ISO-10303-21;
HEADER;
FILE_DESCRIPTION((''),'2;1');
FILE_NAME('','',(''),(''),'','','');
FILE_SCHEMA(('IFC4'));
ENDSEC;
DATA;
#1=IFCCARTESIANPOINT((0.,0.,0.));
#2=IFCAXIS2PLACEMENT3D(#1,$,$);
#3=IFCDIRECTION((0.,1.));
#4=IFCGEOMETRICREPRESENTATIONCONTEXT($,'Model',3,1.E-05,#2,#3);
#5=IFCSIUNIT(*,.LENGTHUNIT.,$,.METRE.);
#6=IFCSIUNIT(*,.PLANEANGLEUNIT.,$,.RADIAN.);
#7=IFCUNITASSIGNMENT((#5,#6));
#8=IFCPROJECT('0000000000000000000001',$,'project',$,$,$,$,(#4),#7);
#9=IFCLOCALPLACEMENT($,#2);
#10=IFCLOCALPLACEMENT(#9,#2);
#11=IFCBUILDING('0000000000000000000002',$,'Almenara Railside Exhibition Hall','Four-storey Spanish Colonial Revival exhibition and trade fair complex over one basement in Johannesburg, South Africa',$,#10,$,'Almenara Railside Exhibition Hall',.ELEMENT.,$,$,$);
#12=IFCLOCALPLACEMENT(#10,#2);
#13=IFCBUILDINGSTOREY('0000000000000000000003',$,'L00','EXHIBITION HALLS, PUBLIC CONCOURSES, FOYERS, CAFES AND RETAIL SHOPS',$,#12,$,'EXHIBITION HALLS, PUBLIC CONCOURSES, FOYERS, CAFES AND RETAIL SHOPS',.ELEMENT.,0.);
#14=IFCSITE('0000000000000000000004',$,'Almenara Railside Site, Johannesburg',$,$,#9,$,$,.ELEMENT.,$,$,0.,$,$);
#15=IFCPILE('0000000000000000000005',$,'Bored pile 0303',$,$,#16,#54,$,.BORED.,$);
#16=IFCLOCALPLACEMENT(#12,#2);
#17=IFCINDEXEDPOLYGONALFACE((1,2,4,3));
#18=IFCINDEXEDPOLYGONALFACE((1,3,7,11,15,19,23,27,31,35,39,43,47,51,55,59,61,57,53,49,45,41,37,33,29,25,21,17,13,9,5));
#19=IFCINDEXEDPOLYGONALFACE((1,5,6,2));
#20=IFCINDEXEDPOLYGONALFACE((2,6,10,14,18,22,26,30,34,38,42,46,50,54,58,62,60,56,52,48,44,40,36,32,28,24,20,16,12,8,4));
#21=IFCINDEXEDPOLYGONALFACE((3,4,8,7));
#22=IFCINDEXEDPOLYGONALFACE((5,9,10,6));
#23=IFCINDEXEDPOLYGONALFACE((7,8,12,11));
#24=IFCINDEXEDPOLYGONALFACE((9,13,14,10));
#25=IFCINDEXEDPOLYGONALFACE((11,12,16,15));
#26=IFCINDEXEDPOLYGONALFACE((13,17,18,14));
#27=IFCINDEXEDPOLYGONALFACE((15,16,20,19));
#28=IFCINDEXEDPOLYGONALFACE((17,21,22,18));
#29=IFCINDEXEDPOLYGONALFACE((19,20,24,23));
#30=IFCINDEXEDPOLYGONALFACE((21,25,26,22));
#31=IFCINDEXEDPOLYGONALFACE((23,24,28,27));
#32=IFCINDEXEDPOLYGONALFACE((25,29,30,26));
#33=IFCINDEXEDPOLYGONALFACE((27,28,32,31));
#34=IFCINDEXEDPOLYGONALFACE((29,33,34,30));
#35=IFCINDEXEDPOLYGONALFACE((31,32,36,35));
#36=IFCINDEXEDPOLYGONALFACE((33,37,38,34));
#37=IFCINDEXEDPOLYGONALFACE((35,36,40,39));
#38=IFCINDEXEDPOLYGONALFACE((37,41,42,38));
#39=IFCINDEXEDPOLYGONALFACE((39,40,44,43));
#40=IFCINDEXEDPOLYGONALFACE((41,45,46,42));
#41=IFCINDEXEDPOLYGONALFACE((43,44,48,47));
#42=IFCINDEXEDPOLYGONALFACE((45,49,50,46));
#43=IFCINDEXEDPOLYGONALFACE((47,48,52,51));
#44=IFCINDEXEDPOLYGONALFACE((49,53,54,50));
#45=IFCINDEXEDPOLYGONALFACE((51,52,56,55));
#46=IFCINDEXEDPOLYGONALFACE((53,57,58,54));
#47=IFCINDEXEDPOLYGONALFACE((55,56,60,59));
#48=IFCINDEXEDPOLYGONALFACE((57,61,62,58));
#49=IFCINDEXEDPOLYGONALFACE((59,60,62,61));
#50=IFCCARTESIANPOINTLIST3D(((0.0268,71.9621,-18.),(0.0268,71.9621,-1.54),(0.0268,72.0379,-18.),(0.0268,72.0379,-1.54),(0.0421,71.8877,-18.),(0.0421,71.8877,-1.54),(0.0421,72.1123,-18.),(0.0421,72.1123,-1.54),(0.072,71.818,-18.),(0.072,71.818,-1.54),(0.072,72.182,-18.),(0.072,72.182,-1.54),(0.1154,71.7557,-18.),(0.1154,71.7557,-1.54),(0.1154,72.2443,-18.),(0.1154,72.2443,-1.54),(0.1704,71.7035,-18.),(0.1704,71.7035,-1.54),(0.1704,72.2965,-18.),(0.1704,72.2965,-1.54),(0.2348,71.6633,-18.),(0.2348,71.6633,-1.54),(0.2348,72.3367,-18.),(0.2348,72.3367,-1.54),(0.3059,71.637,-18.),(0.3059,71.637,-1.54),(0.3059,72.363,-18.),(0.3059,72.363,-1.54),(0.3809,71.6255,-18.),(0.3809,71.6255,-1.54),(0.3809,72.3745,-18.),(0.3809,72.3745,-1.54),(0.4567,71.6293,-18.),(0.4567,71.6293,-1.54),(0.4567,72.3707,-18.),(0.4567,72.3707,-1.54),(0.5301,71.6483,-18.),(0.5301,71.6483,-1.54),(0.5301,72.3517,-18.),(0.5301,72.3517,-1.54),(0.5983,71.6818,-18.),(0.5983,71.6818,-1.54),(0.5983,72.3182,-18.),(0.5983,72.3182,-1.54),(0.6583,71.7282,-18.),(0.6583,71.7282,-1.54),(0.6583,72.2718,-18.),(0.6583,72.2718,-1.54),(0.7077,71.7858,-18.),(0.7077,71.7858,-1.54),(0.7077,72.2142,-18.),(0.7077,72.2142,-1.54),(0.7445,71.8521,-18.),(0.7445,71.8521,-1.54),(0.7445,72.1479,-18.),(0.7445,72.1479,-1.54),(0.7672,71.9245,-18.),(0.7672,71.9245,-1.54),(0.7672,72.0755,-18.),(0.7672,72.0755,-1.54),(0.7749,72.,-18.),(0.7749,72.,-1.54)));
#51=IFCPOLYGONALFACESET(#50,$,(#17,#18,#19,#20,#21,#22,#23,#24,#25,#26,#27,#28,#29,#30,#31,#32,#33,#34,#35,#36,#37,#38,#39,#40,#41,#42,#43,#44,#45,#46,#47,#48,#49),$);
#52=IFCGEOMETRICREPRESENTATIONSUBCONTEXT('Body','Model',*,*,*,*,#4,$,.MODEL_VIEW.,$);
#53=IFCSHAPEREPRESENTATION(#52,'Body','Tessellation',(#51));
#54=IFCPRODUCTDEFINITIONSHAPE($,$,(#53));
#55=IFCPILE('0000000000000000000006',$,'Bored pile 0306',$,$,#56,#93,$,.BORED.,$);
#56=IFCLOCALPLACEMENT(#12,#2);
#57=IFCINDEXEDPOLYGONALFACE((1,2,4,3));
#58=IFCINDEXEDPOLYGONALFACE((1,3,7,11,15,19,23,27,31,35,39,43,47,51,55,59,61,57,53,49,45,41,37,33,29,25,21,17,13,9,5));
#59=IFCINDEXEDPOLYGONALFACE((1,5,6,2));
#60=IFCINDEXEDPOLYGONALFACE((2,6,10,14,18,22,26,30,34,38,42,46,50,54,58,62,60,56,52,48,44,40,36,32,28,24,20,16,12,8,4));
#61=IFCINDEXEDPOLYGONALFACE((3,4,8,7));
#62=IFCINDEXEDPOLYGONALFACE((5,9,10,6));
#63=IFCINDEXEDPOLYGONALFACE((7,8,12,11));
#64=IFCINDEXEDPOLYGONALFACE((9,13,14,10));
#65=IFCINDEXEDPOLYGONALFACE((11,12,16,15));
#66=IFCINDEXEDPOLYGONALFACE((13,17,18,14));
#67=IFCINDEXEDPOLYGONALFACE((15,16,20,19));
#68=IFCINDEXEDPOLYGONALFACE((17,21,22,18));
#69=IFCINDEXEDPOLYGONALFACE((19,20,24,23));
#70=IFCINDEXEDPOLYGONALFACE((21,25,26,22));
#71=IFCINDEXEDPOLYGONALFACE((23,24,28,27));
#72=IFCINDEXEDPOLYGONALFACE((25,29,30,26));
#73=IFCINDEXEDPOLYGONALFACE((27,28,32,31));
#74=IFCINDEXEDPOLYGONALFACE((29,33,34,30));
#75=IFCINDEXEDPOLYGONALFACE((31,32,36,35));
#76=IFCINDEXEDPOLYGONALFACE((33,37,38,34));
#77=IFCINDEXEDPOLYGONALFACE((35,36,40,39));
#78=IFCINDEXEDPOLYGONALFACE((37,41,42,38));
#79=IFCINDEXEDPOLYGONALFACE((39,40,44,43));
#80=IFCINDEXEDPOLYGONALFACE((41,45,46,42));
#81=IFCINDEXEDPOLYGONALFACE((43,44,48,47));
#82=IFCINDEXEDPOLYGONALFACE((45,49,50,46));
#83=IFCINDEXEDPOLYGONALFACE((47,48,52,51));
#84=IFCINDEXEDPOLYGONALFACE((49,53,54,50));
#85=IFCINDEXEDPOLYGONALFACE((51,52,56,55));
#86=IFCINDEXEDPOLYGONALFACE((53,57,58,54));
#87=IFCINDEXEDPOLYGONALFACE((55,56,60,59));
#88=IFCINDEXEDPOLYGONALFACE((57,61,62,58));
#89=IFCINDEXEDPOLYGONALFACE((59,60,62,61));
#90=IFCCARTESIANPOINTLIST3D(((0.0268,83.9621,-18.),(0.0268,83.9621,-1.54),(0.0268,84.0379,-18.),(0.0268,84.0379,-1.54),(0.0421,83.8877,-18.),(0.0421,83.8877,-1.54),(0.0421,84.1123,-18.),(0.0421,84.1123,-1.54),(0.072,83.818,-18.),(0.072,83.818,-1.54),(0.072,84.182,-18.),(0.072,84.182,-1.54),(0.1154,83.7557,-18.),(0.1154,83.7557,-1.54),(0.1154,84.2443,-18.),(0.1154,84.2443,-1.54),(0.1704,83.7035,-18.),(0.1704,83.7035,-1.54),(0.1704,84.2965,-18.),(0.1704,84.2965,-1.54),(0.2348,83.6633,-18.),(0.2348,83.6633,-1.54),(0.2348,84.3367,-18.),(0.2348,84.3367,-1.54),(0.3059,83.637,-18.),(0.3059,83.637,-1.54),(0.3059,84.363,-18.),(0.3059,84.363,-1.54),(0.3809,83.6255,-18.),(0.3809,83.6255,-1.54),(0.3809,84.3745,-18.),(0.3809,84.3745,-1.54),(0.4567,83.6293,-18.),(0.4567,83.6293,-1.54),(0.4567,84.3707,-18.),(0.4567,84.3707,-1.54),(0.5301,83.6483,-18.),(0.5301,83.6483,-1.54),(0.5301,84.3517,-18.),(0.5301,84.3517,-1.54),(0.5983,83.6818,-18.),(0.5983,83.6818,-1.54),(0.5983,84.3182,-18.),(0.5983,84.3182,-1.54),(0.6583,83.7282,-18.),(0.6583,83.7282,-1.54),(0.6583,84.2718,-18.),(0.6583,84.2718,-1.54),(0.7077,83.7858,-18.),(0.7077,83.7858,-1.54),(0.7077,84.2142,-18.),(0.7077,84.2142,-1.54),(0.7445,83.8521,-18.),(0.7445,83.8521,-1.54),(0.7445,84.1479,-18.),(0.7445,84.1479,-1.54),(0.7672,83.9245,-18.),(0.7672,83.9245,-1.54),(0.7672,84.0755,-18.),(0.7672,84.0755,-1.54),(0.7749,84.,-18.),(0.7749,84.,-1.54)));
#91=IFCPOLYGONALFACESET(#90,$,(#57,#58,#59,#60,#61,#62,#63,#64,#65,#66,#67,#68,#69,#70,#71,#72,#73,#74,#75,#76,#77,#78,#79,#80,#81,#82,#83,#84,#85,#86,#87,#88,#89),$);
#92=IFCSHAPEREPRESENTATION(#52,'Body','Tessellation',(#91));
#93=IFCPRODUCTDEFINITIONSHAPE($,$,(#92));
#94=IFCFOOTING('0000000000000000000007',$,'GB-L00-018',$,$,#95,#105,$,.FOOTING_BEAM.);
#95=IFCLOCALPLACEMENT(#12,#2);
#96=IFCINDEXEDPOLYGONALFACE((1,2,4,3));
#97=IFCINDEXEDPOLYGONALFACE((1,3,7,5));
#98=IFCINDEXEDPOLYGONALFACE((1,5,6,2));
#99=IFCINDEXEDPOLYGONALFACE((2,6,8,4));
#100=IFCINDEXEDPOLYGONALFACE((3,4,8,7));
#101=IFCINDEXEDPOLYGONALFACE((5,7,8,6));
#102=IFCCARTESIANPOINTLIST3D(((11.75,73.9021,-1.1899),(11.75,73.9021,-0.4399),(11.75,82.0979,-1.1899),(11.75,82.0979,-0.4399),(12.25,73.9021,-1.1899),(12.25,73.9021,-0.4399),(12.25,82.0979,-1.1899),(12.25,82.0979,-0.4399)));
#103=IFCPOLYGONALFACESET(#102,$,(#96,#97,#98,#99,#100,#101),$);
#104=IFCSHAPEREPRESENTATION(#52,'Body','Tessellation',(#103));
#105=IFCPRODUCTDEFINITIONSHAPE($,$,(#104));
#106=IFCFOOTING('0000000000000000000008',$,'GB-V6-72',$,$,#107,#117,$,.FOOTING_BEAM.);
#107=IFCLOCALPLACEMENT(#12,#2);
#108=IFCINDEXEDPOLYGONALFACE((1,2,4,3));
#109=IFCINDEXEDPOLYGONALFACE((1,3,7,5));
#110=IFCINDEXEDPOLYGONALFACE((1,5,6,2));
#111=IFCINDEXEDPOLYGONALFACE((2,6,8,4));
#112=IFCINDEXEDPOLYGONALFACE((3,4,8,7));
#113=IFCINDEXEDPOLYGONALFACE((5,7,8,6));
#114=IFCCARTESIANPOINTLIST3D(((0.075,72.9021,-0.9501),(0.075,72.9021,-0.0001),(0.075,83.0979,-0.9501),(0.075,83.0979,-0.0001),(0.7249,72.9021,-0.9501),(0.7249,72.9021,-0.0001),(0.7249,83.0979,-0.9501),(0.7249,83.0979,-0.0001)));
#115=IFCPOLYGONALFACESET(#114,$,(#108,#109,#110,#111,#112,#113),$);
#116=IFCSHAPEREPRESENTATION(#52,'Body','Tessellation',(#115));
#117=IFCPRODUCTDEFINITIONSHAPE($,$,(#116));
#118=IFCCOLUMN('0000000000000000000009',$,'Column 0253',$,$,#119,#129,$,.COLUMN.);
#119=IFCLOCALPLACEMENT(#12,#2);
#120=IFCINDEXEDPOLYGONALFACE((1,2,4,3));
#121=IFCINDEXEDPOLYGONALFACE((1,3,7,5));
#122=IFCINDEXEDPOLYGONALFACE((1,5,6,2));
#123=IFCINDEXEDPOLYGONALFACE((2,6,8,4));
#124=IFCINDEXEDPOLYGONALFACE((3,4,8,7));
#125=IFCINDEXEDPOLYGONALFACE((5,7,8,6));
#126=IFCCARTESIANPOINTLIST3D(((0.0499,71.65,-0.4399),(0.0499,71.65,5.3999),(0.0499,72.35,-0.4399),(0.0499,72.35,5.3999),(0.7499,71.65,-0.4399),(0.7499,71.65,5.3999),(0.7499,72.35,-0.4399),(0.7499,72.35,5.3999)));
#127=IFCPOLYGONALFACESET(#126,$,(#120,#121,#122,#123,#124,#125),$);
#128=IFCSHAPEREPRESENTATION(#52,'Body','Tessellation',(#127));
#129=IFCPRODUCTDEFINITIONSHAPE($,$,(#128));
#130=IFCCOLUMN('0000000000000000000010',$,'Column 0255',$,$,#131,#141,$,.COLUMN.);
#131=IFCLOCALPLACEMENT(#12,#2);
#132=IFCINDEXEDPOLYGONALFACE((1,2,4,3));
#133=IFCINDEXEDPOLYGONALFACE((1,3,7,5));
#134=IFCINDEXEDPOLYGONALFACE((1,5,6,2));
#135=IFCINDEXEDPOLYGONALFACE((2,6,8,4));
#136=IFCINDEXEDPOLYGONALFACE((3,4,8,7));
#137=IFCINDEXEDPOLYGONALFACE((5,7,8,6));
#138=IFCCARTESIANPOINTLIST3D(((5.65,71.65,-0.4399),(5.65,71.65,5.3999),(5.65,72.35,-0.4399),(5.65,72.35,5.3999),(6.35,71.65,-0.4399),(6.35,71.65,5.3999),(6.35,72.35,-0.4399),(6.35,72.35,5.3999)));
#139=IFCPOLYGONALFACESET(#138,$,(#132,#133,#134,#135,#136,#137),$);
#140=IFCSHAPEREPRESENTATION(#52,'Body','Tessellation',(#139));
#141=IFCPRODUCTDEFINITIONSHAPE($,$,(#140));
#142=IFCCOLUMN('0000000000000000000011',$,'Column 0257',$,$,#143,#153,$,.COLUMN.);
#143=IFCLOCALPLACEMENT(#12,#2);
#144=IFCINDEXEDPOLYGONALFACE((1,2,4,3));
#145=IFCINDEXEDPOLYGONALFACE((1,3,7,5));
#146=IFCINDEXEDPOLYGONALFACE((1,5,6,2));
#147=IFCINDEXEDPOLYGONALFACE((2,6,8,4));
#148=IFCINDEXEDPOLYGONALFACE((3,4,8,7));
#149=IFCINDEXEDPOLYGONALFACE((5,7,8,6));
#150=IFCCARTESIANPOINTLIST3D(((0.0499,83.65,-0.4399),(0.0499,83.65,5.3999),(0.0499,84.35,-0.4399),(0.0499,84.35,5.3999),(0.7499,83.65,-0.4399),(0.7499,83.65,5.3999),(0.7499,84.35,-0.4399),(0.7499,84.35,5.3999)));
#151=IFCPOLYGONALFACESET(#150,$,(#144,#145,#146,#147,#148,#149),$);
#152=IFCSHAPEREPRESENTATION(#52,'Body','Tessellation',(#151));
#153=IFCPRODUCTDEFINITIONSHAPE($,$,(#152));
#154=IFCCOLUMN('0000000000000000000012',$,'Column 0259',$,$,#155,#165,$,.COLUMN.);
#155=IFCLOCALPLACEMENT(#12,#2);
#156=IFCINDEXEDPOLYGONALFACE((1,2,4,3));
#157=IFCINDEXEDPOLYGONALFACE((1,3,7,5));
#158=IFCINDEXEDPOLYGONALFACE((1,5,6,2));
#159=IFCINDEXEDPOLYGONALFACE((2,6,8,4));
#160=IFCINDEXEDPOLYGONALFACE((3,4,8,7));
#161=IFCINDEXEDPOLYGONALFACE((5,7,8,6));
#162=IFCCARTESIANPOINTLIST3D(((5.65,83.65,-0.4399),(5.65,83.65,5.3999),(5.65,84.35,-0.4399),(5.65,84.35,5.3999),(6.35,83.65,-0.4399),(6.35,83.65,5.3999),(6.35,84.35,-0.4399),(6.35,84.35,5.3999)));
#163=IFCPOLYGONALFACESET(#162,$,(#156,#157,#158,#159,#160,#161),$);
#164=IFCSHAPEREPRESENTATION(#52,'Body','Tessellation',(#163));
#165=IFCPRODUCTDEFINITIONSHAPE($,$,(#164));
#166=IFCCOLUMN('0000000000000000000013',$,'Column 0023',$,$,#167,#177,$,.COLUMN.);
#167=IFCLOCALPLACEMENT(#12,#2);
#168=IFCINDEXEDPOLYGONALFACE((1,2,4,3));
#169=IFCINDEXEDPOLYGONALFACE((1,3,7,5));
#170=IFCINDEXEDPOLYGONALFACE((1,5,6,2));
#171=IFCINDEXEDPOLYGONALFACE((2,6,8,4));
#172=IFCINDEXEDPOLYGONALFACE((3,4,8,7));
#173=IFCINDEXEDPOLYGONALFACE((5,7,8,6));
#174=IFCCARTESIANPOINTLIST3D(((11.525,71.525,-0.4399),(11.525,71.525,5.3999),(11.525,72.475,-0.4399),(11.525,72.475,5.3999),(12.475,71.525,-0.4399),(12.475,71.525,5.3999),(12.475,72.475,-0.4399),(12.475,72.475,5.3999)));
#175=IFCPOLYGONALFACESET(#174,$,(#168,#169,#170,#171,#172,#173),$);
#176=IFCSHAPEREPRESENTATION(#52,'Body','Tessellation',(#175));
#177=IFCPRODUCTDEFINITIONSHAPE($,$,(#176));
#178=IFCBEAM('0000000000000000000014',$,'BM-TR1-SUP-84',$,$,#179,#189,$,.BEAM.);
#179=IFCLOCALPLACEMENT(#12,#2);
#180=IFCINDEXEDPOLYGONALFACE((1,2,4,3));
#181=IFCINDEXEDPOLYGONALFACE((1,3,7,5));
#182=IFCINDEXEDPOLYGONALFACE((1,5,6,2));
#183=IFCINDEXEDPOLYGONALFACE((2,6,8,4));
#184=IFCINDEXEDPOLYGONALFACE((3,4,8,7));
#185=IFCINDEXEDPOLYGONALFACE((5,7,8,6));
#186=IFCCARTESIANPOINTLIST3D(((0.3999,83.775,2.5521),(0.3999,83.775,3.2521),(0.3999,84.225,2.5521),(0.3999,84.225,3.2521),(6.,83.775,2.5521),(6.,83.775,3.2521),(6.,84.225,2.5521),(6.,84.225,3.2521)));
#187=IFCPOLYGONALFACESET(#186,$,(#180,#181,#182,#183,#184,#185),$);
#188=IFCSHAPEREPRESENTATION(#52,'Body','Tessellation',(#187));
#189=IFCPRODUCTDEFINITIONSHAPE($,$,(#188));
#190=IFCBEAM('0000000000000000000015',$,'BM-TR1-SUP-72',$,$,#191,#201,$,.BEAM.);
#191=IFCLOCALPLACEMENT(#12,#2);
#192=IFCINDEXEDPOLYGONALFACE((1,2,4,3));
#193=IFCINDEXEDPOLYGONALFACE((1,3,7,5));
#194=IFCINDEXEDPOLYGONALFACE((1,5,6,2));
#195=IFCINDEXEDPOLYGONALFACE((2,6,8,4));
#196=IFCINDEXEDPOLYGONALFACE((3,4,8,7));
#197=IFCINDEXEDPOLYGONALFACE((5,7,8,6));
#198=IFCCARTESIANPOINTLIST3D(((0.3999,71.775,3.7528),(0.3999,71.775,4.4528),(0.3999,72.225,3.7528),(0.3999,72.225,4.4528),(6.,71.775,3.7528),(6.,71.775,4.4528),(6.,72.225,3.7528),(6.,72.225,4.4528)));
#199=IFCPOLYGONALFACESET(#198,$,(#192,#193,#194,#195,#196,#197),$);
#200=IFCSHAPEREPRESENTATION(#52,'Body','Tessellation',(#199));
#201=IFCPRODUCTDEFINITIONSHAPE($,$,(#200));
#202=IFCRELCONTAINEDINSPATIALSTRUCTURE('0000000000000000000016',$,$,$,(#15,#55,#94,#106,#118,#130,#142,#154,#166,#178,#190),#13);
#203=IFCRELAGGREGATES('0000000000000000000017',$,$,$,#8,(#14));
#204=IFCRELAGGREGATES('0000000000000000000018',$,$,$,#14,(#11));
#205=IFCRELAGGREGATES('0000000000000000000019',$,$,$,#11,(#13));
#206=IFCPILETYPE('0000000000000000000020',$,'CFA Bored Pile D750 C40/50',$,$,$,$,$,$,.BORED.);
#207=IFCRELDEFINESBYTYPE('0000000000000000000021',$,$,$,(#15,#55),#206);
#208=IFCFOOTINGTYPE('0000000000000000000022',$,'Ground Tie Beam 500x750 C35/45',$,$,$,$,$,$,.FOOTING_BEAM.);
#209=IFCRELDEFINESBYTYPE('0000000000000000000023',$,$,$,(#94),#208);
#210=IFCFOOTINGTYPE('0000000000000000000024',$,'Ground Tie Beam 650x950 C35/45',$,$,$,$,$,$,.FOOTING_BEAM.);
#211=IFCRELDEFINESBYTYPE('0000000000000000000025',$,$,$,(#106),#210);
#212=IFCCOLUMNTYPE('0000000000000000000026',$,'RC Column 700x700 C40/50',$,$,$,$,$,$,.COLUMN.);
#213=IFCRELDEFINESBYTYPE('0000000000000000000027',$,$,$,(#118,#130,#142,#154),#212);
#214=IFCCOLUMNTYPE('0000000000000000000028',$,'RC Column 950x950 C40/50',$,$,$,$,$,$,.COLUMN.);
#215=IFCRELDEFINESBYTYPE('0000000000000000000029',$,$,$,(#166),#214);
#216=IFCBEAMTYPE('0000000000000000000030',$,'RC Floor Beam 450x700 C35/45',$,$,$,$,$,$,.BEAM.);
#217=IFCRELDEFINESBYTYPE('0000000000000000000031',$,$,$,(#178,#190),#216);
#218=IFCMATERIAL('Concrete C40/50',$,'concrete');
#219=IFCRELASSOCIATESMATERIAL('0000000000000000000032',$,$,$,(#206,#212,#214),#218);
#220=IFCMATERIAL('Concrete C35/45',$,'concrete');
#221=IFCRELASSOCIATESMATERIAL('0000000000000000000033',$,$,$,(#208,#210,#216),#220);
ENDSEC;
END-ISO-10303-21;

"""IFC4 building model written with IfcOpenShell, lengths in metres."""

from ifc_helpers import new_model, si_unit, direction, frame, origin, origin_2d, place, context, subcontext, project, spatial, rectangle, circle, extrude, material, material_profile, profile_set, type_object, element, save


model = new_model("IFC4")

# Units and contexts
model_context = context("Model", 3, precision=1e-05, world=origin(), true_north=direction((0.0, 1.0)))
body_context = subcontext(model_context, "Body", "Model", "MODEL_VIEW")
ifc_project = project(units=[si_unit("LENGTHUNIT", "METRE"), si_unit("PLANEANGLEUNIT", "RADIAN")], contexts=[model_context])

# Site, building, storey
site_placement = place(None, origin())
site = spatial("IfcSite", under=ifc_project, at=site_placement, Name="Almenara Railside Site, Johannesburg", CompositionType="ELEMENT", RefElevation=0.0)
building_placement = place(site_placement, origin())
building = spatial("IfcBuilding", under=site, at=building_placement, Name="Almenara Railside Exhibition Hall", Description="Four-storey Spanish Colonial Revival exhibition and trade fair complex over one basement in Johannesburg, South Africa", LongName="Almenara Railside Exhibition Hall", CompositionType="ELEMENT")
storey_placement = place(building_placement, origin())
storey = spatial("IfcBuildingStorey", under=building, at=storey_placement, Name="L00", Description="EXHIBITION HALLS, PUBLIC CONCOURSES, FOYERS, CAFES AND RETAIL SHOPS", LongName="EXHIBITION HALLS, PUBLIC CONCOURSES, FOYERS, CAFES AND RETAIL SHOPS", CompositionType="ELEMENT", Elevation=0.0)

# Piles
ifc_material_1 = material(Name="Concrete C40/50", Category="concrete")
ifc_material_profile_1 = material_profile(ifc_material_1, circle(Radius=0.375, at=origin_2d()), Name="CFA-PILE D750")
ifc_profile_set_1 = profile_set([ifc_material_profile_1], Name="Concrete C40/50")
pile_type_1 = type_object("IfcPileType", Name="CFA Bored Pile D750 C40/50", PredefinedType="BORED", material=ifc_profile_set_1)
for number, where, z_axis, x_axis, name in (
    (1, (0.3999, 72.0, -1.54), (0.0, 0.0, -1.0), (1.0, 0.0, 0.0), "Bored pile 0303"),
    (2, (0.3999, 84.0, -1.54), (0.0, 0.0, -1.0), (1.0, 0.0, 0.0), "Bored pile 0306"),
):
    element("IfcPile", number, at=place(storey_placement, frame(where, z_axis=z_axis, x_axis=x_axis)), inside=storey, type_object=pile_type_1, Name=name, PredefinedType="BORED", context=body_context, shape_type="SweptSolid", body=[
        extrude(circle(Radius=0.375, at=origin_2d()), origin(), (0.0, 0.0, 1.0), 16.46),
    ])

# Footings
ifc_material_2 = material(Name="Concrete C35/45", Category="concrete")
ifc_material_profile_2 = material_profile(ifc_material_2, rectangle(XDim=0.5, YDim=0.75, at=origin_2d()), Name="RC-GB 500x750")
ifc_profile_set_2 = profile_set([ifc_material_profile_2], Name="Concrete C35/45")
footing_type_1 = type_object("IfcFootingType", Name="Ground Tie Beam 500x750 C35/45", PredefinedType="FOOTING_BEAM", material=ifc_profile_set_2)
footing_1_placement = place(storey_placement, frame((12.0, 73.9021, -0.8149), z_axis=(0.0, 1.0, 0.0), x_axis=(-1.0, 0.0, 0.0)))
element("IfcFooting", 3, at=footing_1_placement, inside=storey, type_object=footing_type_1, Name="GB-L00-018", PredefinedType="FOOTING_BEAM", context=body_context, shape_type="SweptSolid", body=[
    extrude(rectangle(XDim=0.5, YDim=0.75, at=origin_2d()), origin(), (0.0, 0.0, 1.0), 8.1958),
])
ifc_material_profile_3 = material_profile(ifc_material_2, rectangle(XDim=0.6499, YDim=0.95, at=origin_2d()), Name="RC-GB 650x950")
ifc_profile_set_3 = profile_set([ifc_material_profile_3], Name="Concrete C35/45")
footing_type_2 = type_object("IfcFootingType", Name="Ground Tie Beam 650x950 C35/45", PredefinedType="FOOTING_BEAM", material=ifc_profile_set_3)
footing_2_placement = place(storey_placement, frame((0.3999, 72.9021, -0.4751), z_axis=(0.0, 1.0, 0.0), x_axis=(-1.0, 0.0, 0.0)))
element("IfcFooting", 4, at=footing_2_placement, inside=storey, type_object=footing_type_2, Name="GB-V6-72", PredefinedType="FOOTING_BEAM", context=body_context, shape_type="SweptSolid", body=[
    extrude(rectangle(XDim=0.6499, YDim=0.95, at=origin_2d()), origin(), (0.0, 0.0, 1.0), 10.1958),
])

# Columns
ifc_material_profile_4 = material_profile(ifc_material_1, rectangle(XDim=0.7, YDim=0.7, at=origin_2d()), Name="RC 700x700")
ifc_profile_set_4 = profile_set([ifc_material_profile_4], Name="Concrete C40/50")
column_type_1 = type_object("IfcColumnType", Name="RC Column 700x700 C40/50", PredefinedType="COLUMN", material=ifc_profile_set_4)
for number, where, z_axis, x_axis, name in (
    (5, (0.3999, 72.0, -0.4399), (0.0, 0.0, 1.0), (1.0, 0.0, 0.0), "Column 0253"),
    (6, (6.0, 72.0, -0.4399), (0.0, 0.0, 1.0), (1.0, 0.0, 0.0), "Column 0255"),
    (7, (0.3999, 84.0, -0.4399), (0.0, 0.0, 1.0), (1.0, 0.0, 0.0), "Column 0257"),
    (8, (6.0, 84.0, -0.4399), (0.0, 0.0, 1.0), (1.0, 0.0, 0.0), "Column 0259"),
):
    element("IfcColumn", number, at=place(storey_placement, frame(where, z_axis=z_axis, x_axis=x_axis)), inside=storey, type_object=column_type_1, Name=name, PredefinedType="COLUMN", context=body_context, shape_type="SweptSolid", body=[
        extrude(rectangle(XDim=0.7, YDim=0.7, at=origin_2d()), origin(), (0.0, 0.0, 1.0), 5.8398),
    ])
ifc_material_profile_5 = material_profile(ifc_material_1, rectangle(XDim=0.95, YDim=0.95, at=origin_2d()), Name="RC 950x950")
ifc_profile_set_5 = profile_set([ifc_material_profile_5], Name="Concrete C40/50")
column_type_2 = type_object("IfcColumnType", Name="RC Column 950x950 C40/50", PredefinedType="COLUMN", material=ifc_profile_set_5)
column_placement = place(storey_placement, frame((12.0, 72.0, -0.4399), z_axis=(0.0, 0.0, 1.0), x_axis=(1.0, 0.0, 0.0)))
element("IfcColumn", 9, at=column_placement, inside=storey, type_object=column_type_2, Name="Column 0023", PredefinedType="COLUMN", context=body_context, shape_type="SweptSolid", body=[
    extrude(rectangle(XDim=0.95, YDim=0.95, at=origin_2d()), origin(), (0.0, 0.0, 1.0), 5.8398),
])

# Beams
ifc_material_profile_6 = material_profile(ifc_material_2, rectangle(XDim=0.45, YDim=0.7, at=origin_2d()), Name="RC 450x700")
ifc_profile_set_6 = profile_set([ifc_material_profile_6], Name="Concrete C35/45")
beam_type_1 = type_object("IfcBeamType", Name="RC Floor Beam 450x700 C35/45", PredefinedType="BEAM", material=ifc_profile_set_6)
for number, where, z_axis, x_axis, name in (
    (10, (0.3999, 84.0, 2.9021), (1.0, 0.0, 0.0), (0.0, 1.0, 0.0), "BM-TR1-SUP-84"),
    (11, (0.3999, 72.0, 4.1028), (1.0, 0.0, 0.0), (0.0, 1.0, 0.0), "BM-TR1-SUP-72"),
):
    element("IfcBeam", number, at=place(storey_placement, frame(where, z_axis=z_axis, x_axis=x_axis)), inside=storey, type_object=beam_type_1, Name=name, PredefinedType="BEAM", context=body_context, shape_type="SweptSolid", body=[
        extrude(rectangle(XDim=0.45, YDim=0.7, at=origin_2d()), origin(), (0.0, 0.0, 1.0), 5.6001),
    ])

save(model, "model.ifc")
